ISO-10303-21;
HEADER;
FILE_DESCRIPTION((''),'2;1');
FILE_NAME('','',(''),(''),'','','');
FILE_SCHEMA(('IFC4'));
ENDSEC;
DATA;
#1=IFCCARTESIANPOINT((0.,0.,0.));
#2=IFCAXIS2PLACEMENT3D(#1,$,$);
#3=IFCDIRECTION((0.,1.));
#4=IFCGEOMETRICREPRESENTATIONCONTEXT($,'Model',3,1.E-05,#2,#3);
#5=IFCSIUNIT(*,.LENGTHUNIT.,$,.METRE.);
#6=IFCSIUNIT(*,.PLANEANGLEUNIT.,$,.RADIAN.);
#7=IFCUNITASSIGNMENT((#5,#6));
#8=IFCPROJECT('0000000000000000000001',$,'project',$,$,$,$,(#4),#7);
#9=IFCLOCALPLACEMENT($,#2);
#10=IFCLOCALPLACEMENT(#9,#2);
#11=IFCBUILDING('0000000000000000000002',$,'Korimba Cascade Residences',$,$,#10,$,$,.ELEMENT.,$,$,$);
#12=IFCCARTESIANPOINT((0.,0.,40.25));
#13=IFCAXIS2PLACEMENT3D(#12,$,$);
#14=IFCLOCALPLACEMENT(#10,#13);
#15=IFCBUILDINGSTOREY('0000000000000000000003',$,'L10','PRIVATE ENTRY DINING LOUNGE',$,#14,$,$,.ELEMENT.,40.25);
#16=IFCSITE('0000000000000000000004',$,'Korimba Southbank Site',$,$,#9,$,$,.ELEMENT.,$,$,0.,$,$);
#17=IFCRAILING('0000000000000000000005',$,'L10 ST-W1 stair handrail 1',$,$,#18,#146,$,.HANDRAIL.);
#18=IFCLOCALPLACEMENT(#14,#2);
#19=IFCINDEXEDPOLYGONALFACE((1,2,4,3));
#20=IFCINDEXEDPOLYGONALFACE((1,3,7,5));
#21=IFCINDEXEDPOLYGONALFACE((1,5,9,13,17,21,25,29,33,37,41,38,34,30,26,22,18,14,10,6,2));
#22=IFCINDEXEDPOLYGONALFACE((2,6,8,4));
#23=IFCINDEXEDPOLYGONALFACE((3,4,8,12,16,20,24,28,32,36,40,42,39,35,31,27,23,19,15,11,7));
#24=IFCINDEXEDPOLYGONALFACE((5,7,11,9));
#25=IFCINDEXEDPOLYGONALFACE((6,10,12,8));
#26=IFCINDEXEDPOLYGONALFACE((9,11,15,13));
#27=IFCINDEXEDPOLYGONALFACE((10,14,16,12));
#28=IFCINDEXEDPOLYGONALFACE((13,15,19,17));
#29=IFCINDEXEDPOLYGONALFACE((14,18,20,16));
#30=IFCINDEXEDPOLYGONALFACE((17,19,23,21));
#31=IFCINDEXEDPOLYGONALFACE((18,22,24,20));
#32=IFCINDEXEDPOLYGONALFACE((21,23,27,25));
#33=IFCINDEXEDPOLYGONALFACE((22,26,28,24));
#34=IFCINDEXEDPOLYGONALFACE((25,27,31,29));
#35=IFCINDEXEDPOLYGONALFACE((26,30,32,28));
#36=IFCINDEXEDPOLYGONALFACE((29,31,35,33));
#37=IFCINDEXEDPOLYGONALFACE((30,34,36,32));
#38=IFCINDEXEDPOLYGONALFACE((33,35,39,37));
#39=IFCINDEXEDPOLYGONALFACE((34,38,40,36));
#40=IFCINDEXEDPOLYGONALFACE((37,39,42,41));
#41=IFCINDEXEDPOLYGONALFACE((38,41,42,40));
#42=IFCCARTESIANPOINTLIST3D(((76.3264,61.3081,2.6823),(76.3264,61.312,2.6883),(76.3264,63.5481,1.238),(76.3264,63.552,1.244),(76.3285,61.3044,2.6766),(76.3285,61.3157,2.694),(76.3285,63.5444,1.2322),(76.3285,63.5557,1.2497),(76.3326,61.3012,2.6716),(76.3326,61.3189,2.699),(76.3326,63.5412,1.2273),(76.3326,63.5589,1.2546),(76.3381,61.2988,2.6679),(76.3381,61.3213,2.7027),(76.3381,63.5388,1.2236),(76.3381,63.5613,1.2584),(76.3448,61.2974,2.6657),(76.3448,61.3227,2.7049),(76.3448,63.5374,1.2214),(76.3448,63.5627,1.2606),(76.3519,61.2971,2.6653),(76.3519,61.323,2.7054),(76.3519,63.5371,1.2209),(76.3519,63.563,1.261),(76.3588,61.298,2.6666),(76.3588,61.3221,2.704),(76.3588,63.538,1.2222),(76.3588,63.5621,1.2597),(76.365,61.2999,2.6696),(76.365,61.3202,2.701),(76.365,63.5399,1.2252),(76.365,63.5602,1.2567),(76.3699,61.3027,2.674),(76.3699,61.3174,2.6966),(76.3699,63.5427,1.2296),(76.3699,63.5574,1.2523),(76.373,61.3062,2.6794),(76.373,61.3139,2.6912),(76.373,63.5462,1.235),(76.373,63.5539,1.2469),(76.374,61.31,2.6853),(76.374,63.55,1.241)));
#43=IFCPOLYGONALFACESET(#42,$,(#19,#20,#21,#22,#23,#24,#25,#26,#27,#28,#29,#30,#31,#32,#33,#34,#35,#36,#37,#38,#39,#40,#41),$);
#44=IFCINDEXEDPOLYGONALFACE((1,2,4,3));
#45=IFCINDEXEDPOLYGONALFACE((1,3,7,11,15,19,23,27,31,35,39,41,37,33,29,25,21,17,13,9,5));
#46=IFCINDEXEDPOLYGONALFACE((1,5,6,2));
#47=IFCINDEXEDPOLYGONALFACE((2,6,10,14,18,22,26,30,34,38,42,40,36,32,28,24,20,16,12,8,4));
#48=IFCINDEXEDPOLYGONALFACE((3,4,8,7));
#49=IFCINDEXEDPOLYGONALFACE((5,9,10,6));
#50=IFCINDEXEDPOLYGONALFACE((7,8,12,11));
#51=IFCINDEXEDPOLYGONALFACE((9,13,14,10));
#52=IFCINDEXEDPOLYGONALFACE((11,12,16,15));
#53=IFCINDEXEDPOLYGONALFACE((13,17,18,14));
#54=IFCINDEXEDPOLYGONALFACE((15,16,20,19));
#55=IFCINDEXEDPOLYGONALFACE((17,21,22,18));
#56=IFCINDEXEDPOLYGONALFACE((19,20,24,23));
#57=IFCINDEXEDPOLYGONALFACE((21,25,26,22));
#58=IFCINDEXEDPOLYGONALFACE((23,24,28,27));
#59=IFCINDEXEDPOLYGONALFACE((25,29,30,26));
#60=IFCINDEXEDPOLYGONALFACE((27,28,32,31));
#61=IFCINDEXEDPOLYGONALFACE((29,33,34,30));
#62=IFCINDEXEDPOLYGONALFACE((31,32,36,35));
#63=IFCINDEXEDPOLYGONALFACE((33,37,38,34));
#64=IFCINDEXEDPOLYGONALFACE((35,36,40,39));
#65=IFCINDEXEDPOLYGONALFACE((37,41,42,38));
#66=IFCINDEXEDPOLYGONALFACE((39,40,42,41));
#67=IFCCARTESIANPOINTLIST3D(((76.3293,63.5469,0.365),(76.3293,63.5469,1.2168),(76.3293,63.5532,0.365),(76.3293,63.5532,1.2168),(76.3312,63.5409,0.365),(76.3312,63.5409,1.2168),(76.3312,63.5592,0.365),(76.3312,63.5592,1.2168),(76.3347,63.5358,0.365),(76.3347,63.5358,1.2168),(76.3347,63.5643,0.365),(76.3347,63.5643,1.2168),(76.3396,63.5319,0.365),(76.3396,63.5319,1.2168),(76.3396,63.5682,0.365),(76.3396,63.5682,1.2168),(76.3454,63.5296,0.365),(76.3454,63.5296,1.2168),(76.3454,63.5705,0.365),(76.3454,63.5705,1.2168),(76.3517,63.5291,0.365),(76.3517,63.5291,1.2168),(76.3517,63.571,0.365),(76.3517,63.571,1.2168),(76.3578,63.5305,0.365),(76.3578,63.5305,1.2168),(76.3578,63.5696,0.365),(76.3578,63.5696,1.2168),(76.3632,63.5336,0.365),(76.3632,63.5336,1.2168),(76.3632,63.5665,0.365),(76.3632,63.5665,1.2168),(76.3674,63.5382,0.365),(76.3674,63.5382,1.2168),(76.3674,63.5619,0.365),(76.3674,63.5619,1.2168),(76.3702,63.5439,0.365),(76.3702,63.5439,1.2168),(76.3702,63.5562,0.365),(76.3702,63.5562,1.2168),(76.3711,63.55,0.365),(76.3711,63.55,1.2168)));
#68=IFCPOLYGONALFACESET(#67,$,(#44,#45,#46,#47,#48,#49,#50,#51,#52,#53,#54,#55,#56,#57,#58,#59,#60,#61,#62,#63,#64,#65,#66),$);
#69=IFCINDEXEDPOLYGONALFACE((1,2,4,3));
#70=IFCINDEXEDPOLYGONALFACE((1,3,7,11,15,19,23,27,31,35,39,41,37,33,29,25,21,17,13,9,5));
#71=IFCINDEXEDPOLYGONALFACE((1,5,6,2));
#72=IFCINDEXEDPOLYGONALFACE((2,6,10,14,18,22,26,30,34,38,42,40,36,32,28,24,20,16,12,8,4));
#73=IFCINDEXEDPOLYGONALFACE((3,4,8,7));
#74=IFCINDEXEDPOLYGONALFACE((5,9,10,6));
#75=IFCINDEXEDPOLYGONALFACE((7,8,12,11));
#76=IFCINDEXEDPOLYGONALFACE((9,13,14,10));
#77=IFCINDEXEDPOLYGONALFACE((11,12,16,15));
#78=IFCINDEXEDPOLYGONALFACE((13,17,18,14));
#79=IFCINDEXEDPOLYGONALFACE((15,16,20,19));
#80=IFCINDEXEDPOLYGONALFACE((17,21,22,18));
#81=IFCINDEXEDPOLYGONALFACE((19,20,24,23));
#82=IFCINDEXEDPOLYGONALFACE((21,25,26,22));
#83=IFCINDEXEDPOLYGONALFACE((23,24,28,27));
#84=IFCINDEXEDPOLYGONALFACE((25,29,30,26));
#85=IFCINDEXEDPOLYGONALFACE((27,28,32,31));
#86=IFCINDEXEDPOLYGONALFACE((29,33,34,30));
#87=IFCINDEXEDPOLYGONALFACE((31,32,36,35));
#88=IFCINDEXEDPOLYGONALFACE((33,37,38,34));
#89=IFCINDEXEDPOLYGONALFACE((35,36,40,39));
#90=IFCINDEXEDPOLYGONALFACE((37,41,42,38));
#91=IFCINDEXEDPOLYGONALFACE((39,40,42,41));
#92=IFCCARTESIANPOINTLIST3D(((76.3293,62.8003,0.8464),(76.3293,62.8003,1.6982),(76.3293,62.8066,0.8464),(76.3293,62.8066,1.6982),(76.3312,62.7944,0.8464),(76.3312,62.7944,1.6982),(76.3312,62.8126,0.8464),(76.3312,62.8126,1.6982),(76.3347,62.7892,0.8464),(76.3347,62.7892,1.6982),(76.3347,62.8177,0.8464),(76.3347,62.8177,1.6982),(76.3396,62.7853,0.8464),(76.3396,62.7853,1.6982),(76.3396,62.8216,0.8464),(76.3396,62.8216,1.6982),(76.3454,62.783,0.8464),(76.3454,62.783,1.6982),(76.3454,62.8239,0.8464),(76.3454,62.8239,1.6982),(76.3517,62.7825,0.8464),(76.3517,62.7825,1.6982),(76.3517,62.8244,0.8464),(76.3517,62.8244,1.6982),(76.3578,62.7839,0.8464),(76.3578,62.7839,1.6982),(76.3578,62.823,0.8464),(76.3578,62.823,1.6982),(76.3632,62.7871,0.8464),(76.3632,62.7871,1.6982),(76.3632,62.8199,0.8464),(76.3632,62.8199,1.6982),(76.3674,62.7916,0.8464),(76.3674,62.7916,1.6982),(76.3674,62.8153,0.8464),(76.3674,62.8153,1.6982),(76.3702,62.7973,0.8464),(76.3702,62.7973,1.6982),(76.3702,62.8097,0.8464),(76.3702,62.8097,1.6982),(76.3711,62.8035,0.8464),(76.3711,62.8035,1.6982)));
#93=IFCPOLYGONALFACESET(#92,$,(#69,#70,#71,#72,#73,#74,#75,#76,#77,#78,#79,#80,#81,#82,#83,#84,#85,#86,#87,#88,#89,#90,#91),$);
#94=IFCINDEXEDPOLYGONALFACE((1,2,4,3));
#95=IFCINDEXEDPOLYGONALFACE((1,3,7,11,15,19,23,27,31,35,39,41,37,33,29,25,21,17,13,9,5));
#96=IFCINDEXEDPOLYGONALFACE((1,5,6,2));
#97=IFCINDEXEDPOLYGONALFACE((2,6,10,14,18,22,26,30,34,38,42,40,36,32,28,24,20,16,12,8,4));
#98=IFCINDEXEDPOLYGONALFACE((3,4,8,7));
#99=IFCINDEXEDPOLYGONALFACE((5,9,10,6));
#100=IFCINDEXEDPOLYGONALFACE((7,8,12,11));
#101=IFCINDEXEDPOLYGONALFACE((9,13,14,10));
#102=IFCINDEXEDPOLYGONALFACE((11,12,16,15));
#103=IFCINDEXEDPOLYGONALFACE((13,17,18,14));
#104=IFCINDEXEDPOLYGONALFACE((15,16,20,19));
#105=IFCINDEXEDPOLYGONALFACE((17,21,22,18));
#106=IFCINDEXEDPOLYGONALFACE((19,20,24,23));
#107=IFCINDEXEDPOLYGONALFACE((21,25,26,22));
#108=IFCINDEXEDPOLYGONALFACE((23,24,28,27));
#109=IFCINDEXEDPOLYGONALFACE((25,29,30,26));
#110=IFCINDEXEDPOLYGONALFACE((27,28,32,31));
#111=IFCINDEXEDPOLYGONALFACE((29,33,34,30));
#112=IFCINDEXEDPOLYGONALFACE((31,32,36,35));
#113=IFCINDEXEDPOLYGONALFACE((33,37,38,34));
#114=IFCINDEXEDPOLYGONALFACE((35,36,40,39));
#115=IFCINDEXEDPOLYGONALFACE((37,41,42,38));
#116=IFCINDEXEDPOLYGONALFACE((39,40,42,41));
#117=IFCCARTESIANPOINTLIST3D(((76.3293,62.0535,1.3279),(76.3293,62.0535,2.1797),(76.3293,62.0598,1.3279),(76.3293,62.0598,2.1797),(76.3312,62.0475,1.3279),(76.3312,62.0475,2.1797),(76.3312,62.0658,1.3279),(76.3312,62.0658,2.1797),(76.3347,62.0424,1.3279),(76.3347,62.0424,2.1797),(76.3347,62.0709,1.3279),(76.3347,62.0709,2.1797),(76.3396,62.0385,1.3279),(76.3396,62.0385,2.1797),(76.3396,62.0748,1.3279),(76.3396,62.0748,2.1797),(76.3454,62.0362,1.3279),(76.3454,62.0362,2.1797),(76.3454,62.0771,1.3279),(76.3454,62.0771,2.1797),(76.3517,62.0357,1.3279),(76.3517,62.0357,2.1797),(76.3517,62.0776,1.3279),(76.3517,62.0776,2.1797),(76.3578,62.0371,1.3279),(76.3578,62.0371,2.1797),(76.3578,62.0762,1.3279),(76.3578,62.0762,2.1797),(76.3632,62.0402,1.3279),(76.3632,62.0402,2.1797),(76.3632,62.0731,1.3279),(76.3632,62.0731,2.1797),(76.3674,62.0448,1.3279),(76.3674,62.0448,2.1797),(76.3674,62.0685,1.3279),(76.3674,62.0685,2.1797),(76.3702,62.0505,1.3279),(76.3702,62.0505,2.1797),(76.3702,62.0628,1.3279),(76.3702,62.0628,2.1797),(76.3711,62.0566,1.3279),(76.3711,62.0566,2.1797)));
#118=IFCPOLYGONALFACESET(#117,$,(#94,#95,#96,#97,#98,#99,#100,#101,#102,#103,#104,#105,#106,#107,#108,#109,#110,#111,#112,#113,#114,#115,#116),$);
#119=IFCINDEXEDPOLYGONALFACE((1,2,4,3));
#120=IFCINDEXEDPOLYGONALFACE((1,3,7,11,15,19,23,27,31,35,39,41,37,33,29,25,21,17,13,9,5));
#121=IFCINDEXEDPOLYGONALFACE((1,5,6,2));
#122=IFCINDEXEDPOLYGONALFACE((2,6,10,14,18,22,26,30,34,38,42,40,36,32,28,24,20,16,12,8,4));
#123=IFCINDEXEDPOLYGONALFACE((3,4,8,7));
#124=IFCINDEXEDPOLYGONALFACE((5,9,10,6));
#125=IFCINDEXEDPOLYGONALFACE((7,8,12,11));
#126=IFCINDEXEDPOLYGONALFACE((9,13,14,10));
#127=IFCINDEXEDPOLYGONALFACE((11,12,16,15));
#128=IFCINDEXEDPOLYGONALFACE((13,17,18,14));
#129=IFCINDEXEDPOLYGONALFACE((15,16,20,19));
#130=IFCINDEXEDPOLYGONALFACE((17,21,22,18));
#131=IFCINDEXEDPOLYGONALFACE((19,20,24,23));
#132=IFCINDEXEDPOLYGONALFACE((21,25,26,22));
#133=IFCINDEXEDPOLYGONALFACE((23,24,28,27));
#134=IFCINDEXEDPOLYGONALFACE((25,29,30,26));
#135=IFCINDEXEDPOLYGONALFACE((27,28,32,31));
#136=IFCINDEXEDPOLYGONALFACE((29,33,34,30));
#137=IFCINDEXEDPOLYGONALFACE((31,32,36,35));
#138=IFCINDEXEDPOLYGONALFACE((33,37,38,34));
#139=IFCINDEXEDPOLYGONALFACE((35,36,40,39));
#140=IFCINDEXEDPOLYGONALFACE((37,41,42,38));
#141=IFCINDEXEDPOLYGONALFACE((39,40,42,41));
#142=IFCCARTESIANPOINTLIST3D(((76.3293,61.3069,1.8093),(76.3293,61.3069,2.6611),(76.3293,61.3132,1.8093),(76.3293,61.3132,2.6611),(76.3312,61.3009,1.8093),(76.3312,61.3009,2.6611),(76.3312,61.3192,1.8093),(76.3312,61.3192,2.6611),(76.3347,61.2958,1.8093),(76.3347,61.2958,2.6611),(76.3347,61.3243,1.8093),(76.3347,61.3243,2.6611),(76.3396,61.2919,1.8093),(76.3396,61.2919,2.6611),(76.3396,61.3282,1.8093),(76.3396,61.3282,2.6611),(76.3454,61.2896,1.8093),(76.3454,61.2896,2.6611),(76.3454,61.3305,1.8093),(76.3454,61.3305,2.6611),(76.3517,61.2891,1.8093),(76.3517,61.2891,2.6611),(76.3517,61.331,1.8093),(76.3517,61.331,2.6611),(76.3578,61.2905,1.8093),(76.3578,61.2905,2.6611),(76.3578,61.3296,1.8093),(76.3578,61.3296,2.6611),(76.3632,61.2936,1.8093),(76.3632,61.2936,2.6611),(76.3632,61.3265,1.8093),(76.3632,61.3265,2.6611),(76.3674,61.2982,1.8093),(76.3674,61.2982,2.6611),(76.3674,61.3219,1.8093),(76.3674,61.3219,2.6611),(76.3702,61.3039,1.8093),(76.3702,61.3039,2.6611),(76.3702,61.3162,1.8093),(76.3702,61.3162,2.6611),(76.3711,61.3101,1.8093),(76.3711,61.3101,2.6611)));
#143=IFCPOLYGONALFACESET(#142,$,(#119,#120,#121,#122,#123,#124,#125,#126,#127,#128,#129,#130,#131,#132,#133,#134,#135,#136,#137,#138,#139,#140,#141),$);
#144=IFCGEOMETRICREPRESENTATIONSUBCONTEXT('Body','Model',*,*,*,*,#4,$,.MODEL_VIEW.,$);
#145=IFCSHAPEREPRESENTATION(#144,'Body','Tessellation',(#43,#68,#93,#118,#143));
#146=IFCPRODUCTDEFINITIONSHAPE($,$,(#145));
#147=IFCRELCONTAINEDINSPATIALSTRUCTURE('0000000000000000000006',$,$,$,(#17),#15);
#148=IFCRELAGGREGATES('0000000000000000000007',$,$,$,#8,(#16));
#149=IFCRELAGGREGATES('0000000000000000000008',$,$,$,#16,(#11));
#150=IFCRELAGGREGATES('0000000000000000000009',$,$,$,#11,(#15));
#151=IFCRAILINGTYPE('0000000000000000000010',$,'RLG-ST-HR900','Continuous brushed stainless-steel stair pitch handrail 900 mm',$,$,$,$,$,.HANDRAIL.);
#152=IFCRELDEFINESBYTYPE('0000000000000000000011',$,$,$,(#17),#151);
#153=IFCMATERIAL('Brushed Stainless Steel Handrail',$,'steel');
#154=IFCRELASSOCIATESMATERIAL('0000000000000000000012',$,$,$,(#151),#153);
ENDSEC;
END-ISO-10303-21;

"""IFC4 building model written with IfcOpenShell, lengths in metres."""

from ifc_helpers import new_model, si_unit, direction, frame, origin, origin_2d, place, context, subcontext, project, spatial, circle, extrude, material, type_object, element, save


model = new_model("IFC4")

# Units and contexts
model_context = context("Model", 3, precision=1e-05, world=origin(), true_north=direction((0.0, 1.0)))
body_context = subcontext(model_context, "Body", "Model", "MODEL_VIEW")
ifc_project = project(units=[si_unit("LENGTHUNIT", "METRE"), si_unit("PLANEANGLEUNIT", "RADIAN")], contexts=[model_context])

# Site, building, storey
site_placement = place(None, origin())
site = spatial("IfcSite", under=ifc_project, at=site_placement, Name="Korimba Southbank Site", CompositionType="ELEMENT", RefElevation=0.0)
building_placement = place(site_placement, origin())
building = spatial("IfcBuilding", under=site, at=building_placement, Name="Korimba Cascade Residences", CompositionType="ELEMENT")
storey_placement = place(building_placement, frame((0.0, 0.0, 40.25)))
storey = spatial("IfcBuildingStorey", under=building, at=storey_placement, Name="L10", Description="PRIVATE ENTRY DINING LOUNGE", CompositionType="ELEMENT", Elevation=40.25)

# Railing
ifc_material_1 = material(Name="Brushed Stainless Steel Handrail", Category="steel")
railing_type_1 = type_object("IfcRailingType", Name="RLG-ST-HR900", Description="Continuous brushed stainless-steel stair pitch handrail 900 mm", PredefinedType="HANDRAIL", material=ifc_material_1)
railing_1_placement = place(storey_placement, frame((76.3501, 63.55, 0.365)))
element("IfcRailing", 1, at=railing_1_placement, inside=storey, type_object=railing_type_1, Name="L10 ST-W1 stair handrail 1", PredefinedType="HANDRAIL", context=body_context, shape_type="SweptSolid", body=[
    extrude(circle(Radius=0.0239, at=origin_2d()), frame((0.0, 0.0, 0.876), z_axis=(0.0, -0.840437, 0.54191), x_axis=(1.0, 0.0, 0.0)), (0.0, 0.0, 1.0), 2.6653),
    extrude(circle(Radius=0.021, at=origin_2d()), origin(), (0.0, 0.0, 1.0), 0.8518),
    extrude(circle(Radius=0.021, at=origin_2d()), frame((0.0, -0.7466, 0.4814)), (0.0, 0.0, 1.0), 0.8518),
    extrude(circle(Radius=0.021, at=origin_2d()), frame((0.0, -1.4934, 0.9629)), (0.0, 0.0, 1.0), 0.8518),
    extrude(circle(Radius=0.021, at=origin_2d()), frame((0.0, -2.24, 1.4443)), (0.0, 0.0, 1.0), 0.8518),
])

save(model, "model.ifc")
